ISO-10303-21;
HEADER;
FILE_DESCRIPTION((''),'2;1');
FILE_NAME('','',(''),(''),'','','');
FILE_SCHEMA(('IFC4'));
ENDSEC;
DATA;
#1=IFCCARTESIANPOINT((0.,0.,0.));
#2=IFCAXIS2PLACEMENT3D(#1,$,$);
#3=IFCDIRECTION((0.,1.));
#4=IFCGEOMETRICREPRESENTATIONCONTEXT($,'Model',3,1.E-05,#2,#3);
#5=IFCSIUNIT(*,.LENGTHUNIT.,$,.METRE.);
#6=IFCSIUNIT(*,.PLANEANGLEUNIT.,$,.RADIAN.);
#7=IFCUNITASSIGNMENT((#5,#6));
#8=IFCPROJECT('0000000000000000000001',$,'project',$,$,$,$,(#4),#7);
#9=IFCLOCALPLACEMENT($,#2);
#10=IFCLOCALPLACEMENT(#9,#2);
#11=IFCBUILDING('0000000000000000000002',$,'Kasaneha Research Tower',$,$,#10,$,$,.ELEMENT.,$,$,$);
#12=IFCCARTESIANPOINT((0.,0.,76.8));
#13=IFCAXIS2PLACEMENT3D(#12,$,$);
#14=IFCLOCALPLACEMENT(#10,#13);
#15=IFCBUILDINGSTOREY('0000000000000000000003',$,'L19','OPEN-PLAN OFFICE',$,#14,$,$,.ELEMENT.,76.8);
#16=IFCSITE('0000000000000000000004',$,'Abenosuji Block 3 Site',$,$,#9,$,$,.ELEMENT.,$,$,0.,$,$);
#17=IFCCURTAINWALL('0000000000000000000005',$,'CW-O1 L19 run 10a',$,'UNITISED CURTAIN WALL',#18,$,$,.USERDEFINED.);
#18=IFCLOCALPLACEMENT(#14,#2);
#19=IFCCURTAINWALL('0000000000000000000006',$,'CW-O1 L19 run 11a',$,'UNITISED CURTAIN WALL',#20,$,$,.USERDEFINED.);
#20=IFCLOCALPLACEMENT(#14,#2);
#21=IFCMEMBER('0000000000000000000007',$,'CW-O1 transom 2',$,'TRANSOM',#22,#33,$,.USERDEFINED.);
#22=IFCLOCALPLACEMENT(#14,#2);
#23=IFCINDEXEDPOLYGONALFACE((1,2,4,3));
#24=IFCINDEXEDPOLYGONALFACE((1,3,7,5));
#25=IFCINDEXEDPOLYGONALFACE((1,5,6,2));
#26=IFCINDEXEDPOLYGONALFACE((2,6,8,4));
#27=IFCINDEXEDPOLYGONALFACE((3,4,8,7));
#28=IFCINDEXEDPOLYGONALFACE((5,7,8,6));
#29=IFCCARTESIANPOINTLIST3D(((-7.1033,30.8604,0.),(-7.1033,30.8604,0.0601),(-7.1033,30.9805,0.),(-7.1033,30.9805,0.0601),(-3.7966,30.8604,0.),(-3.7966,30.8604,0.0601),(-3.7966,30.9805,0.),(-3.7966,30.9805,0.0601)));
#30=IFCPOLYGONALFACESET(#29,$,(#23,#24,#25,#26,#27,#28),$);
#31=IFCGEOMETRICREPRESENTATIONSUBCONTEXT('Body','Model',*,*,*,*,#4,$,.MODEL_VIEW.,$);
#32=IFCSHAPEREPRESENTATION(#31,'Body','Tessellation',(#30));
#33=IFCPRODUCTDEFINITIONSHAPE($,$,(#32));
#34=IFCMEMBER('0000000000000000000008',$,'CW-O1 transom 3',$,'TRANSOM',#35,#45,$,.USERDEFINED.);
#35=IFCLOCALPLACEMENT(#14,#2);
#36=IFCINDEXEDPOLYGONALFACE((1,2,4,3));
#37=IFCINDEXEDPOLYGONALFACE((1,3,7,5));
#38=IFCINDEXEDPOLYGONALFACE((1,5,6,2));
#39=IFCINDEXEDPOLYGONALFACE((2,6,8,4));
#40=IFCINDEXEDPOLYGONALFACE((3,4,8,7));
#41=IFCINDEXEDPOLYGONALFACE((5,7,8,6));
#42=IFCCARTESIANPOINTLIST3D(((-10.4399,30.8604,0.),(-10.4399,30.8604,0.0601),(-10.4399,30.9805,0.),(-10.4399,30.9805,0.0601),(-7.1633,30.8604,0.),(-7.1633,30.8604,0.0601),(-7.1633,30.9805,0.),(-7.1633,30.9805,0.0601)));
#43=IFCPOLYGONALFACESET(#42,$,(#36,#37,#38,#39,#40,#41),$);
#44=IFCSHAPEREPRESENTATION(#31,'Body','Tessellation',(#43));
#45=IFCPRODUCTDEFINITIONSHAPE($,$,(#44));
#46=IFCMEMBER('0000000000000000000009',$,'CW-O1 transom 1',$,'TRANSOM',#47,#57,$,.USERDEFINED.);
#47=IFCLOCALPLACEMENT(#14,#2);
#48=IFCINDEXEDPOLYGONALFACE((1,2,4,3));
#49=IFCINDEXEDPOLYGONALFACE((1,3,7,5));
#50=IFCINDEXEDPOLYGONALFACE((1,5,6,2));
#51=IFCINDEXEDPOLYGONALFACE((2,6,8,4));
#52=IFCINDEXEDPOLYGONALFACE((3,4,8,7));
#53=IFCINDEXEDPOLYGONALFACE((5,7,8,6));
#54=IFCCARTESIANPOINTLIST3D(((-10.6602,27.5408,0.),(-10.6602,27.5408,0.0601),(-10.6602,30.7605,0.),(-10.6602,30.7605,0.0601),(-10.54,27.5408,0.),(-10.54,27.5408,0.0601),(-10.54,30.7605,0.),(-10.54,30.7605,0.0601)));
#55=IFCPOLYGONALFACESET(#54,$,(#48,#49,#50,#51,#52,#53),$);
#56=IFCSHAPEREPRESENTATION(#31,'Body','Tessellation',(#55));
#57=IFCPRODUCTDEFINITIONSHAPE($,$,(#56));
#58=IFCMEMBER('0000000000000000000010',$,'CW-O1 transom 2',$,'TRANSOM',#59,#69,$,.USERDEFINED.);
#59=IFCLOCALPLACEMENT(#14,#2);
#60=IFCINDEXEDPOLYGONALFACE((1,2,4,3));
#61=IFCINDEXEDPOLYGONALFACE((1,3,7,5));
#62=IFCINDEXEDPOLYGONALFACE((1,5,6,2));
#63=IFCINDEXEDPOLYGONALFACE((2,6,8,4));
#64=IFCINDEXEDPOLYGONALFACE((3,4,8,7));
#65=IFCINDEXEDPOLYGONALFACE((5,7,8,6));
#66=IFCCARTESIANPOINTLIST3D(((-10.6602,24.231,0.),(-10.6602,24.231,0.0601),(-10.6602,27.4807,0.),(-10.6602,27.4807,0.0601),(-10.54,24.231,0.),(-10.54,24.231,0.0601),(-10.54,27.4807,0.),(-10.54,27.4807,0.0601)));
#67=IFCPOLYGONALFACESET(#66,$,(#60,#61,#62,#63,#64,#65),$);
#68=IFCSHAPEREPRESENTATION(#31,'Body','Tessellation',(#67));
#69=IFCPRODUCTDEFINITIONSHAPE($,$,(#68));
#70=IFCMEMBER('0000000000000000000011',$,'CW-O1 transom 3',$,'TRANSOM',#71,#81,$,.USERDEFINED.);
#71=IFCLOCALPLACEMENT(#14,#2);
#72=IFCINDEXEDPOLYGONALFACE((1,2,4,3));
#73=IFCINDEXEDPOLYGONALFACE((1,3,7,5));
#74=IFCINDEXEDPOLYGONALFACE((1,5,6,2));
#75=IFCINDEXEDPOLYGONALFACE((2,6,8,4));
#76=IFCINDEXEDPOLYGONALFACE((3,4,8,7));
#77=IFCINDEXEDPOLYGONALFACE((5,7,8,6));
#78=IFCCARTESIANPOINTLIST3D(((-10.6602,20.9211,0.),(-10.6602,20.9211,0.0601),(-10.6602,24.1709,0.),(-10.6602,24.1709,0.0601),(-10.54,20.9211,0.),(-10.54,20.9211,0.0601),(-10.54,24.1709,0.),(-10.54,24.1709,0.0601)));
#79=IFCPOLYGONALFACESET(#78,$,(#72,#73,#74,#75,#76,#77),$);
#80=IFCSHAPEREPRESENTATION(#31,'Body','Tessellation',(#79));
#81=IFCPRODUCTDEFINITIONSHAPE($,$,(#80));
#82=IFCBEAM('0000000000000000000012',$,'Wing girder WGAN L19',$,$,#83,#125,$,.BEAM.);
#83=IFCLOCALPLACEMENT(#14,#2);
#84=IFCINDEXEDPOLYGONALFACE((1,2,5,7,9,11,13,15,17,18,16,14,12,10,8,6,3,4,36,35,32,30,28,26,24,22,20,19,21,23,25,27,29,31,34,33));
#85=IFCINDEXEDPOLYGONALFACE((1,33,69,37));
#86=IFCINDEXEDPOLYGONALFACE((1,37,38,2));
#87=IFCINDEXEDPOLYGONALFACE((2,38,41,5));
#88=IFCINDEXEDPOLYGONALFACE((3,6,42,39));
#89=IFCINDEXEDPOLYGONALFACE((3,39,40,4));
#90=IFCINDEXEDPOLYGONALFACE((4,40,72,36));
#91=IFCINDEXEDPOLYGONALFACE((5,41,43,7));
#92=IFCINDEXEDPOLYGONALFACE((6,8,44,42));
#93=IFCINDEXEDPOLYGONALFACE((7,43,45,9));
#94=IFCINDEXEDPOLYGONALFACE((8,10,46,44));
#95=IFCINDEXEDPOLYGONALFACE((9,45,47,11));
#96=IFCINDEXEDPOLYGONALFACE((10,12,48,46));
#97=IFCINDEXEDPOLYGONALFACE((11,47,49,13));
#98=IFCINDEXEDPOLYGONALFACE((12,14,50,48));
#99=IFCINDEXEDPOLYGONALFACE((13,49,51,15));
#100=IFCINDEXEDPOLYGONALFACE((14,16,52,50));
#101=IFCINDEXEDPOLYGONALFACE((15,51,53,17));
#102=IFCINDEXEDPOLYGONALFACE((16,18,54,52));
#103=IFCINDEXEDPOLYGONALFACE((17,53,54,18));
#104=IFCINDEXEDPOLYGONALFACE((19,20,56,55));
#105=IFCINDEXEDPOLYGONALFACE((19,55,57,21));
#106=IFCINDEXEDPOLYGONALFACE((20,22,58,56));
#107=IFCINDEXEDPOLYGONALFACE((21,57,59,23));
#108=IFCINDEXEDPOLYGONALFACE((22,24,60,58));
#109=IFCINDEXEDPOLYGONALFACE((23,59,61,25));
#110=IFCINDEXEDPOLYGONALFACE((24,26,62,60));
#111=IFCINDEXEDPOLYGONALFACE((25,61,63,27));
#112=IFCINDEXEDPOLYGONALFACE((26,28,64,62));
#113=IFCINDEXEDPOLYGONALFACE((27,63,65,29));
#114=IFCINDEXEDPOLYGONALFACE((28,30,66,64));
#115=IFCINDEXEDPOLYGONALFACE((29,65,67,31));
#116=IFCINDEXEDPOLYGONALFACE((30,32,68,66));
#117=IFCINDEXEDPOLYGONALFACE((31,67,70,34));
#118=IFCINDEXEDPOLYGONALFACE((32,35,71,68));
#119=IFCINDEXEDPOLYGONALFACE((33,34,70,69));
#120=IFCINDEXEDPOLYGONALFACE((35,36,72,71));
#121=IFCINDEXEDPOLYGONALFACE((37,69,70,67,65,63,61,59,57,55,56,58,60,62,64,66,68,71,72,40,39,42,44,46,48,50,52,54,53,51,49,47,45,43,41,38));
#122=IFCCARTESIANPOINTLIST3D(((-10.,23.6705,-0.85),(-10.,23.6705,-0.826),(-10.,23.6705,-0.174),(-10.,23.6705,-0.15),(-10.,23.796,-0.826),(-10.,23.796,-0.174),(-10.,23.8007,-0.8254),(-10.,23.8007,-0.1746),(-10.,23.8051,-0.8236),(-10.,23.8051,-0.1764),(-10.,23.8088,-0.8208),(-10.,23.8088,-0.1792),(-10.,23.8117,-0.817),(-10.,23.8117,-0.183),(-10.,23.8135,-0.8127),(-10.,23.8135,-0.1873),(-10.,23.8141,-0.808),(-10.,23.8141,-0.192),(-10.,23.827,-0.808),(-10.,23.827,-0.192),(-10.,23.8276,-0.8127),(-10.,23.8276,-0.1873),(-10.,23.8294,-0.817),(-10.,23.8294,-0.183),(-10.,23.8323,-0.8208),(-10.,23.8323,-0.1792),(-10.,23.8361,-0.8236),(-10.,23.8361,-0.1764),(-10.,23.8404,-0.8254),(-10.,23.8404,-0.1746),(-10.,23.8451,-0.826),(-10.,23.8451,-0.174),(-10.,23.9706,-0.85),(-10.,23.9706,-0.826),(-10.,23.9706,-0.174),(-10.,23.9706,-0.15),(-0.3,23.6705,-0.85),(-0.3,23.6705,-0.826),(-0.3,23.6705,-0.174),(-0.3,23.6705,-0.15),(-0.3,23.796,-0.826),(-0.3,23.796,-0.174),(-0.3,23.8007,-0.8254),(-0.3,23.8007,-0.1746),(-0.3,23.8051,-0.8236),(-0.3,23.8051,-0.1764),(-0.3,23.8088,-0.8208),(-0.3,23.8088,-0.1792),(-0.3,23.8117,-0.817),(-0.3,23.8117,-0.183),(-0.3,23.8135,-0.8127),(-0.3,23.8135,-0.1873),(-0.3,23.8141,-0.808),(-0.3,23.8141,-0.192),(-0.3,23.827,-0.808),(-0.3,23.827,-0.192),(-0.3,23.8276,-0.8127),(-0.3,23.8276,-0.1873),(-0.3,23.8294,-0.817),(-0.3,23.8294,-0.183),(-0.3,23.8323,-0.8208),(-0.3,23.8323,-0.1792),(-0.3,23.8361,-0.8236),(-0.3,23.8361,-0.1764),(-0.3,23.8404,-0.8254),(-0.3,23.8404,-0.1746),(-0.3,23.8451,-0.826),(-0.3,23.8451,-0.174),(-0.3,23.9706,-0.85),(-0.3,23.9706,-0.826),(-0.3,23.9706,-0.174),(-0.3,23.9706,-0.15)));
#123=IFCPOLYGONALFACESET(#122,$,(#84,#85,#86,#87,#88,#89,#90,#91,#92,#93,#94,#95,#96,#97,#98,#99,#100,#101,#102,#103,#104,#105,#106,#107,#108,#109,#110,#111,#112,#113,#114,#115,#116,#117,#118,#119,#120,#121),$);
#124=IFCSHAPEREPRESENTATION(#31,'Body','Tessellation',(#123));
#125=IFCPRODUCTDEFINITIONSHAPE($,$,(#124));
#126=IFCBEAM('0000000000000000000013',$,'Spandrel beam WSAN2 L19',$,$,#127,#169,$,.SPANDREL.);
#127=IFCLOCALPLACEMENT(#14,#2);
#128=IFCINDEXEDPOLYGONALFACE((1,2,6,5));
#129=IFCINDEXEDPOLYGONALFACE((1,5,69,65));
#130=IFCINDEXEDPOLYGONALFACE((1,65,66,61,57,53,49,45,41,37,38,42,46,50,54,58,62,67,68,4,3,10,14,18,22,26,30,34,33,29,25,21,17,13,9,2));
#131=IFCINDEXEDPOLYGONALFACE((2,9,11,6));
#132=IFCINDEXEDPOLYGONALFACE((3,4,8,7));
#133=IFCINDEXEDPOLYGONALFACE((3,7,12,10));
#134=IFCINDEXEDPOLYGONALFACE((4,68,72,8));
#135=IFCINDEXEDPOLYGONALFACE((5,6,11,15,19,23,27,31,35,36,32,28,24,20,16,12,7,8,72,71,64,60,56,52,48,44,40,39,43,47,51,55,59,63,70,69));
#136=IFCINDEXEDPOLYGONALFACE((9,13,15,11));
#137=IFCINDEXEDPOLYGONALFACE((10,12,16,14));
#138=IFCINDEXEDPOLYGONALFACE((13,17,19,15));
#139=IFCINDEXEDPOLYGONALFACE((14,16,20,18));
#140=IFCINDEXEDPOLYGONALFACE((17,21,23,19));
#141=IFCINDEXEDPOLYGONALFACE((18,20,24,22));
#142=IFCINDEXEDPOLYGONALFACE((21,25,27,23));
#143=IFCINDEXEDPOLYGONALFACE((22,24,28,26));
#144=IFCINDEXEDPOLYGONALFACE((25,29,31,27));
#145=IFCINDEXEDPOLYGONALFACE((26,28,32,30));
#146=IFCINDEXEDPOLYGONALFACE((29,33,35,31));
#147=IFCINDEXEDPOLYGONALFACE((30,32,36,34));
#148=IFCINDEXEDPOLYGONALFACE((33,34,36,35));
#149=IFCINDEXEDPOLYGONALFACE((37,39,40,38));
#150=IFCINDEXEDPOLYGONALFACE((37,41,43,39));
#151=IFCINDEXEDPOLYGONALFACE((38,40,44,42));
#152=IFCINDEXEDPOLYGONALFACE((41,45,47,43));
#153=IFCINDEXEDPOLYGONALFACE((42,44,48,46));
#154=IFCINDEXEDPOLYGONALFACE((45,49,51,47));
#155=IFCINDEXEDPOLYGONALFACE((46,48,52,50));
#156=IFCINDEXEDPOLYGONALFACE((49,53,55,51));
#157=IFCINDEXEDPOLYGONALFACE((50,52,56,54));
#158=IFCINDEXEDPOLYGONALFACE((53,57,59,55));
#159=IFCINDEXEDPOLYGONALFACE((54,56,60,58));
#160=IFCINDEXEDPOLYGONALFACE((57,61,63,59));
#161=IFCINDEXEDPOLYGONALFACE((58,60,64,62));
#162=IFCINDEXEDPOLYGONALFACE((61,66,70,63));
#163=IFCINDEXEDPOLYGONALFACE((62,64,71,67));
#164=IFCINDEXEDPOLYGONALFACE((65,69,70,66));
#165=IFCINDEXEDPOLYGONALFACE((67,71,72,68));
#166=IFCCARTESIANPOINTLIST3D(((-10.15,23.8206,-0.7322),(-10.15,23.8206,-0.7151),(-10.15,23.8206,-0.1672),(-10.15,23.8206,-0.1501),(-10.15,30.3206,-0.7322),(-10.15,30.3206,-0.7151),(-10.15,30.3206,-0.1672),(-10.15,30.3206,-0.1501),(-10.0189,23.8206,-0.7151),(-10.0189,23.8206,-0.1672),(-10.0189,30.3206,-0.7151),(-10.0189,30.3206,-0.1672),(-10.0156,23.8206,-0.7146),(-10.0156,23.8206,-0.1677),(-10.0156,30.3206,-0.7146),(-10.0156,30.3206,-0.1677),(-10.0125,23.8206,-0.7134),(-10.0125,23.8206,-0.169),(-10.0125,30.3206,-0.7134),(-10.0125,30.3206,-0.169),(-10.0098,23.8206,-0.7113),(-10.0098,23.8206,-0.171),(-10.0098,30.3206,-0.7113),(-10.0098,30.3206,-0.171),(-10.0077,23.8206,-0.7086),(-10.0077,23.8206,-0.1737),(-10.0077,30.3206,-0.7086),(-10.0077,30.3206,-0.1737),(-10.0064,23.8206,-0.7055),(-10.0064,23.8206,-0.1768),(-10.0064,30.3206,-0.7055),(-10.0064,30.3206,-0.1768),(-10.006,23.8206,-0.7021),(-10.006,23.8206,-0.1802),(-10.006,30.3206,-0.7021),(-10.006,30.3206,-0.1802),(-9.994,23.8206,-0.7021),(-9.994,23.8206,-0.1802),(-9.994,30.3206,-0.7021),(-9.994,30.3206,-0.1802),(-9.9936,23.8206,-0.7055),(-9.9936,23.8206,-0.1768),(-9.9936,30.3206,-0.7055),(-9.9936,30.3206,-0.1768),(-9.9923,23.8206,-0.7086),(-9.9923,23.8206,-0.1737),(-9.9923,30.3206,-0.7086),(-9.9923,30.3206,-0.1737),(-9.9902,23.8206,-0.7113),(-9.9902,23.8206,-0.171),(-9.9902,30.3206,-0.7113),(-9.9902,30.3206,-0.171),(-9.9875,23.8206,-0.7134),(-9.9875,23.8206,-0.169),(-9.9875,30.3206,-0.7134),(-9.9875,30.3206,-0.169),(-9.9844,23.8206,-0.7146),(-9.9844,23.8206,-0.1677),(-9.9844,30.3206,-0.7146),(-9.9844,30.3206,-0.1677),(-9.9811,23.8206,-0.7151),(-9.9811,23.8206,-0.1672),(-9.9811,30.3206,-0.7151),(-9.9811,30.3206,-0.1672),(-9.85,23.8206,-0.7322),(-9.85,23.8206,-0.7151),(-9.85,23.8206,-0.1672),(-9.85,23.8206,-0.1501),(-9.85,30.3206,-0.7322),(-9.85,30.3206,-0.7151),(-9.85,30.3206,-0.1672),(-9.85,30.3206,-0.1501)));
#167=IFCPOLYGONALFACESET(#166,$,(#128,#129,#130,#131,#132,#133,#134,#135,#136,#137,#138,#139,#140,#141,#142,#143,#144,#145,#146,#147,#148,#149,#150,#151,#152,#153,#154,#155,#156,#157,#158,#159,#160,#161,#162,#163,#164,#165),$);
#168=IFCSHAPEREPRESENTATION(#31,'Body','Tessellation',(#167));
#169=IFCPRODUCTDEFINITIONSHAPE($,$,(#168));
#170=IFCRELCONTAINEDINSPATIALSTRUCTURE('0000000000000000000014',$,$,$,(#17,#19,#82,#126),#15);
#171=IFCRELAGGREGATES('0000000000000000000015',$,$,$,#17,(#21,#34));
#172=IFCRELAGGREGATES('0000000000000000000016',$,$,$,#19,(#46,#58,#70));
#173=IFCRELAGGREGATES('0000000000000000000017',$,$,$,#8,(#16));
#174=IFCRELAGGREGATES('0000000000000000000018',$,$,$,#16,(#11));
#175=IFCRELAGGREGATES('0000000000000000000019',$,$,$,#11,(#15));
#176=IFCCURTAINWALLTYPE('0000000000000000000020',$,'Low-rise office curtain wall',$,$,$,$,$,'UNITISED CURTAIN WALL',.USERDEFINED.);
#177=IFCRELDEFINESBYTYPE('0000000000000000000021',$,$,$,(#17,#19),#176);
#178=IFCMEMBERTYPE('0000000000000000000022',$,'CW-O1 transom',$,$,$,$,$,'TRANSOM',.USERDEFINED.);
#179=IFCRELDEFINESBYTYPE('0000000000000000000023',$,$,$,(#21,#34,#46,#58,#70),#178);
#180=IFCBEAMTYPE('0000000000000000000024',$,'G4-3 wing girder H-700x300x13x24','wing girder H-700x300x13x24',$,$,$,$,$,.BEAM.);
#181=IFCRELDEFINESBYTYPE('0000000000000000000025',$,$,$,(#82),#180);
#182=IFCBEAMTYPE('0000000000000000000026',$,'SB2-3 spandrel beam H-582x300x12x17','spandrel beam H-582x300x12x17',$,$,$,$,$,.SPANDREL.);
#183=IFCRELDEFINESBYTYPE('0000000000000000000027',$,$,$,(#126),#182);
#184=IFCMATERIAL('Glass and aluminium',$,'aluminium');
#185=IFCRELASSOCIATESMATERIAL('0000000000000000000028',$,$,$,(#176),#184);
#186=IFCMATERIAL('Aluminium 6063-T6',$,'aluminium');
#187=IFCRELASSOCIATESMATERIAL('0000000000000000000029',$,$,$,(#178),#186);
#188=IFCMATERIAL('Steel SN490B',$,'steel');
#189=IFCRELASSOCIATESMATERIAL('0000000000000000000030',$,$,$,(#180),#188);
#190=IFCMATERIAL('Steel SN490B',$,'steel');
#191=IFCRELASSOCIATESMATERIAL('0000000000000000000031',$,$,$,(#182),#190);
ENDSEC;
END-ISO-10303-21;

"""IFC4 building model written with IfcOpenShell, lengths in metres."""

from ifc_helpers import new_model, si_unit, direction, frame, origin, origin_2d, place, context, subcontext, project, spatial, rectangle, i_section, extrude, material, material_profile, profile_set, type_object, element, aggregate, save


model = new_model("IFC4")

# Units and contexts
model_context = context("Model", 3, precision=1e-05, world=origin(), true_north=direction((0.0, 1.0)))
body_context = subcontext(model_context, "Body", "Model", "MODEL_VIEW")
ifc_project = project(units=[si_unit("LENGTHUNIT", "METRE"), si_unit("PLANEANGLEUNIT", "RADIAN")], contexts=[model_context])

# Site, building, storey
site_placement = place(None, origin())
site = spatial("IfcSite", under=ifc_project, at=site_placement, Name="Abenosuji Block 3 Site", CompositionType="ELEMENT", RefElevation=0.0)
building_placement = place(site_placement, origin())
building = spatial("IfcBuilding", under=site, at=building_placement, Name="Kasaneha Research Tower", CompositionType="ELEMENT")
storey_placement = place(building_placement, frame((0.0, 0.0, 76.8)))
storey = spatial("IfcBuildingStorey", under=building, at=storey_placement, Name="L19", Description="OPEN-PLAN OFFICE", CompositionType="ELEMENT", Elevation=76.8)

# Curtain walls
ifc_material_1 = material(Name="Glass and aluminium", Category="aluminium")
curtain_wall_type = type_object("IfcCurtainWallType", Name="Low-rise office curtain wall", ElementType="UNITISED CURTAIN WALL", PredefinedType="USERDEFINED", material=ifc_material_1)
curtain_wall_1_placement = place(storey_placement, origin())
curtain_wall_1 = element("IfcCurtainWall", 1, at=curtain_wall_1_placement, inside=storey, type_object=curtain_wall_type, Name="CW-O1 L19 run 10a", ObjectType="UNITISED CURTAIN WALL", PredefinedType="USERDEFINED")
curtain_wall_2_placement = place(storey_placement, origin())
curtain_wall_2 = element("IfcCurtainWall", 2, at=curtain_wall_2_placement, inside=storey, type_object=curtain_wall_type, Name="CW-O1 L19 run 11a", ObjectType="UNITISED CURTAIN WALL", PredefinedType="USERDEFINED")

# Members
ifc_material_2 = material(Name="Aluminium 6063-T6", Category="aluminium")
ifc_material_profile_1 = material_profile(ifc_material_2, rectangle(XDim=0.1201, YDim=0.0601, at=origin_2d()), Name="CW-O1 transom 120x60")
ifc_profile_set_1 = profile_set([ifc_material_profile_1], Name="Aluminium 6063-T6")
member_type_1 = type_object("IfcMemberType", Name="CW-O1 transom", ElementType="TRANSOM", PredefinedType="USERDEFINED", material=ifc_profile_set_1)
member_1_placement = place(storey_placement, frame((-3.7966, 30.9204, 0.03), z_axis=(-1.0, 0.0, 0.0), x_axis=(0.0, -1.0, 0.0)))
member_1 = element("IfcMember", 3, at=member_1_placement, type_object=member_type_1, Name="CW-O1 transom 2", ObjectType="TRANSOM", PredefinedType="USERDEFINED", context=body_context, shape_type="SweptSolid", body=[
    extrude(rectangle(XDim=0.1201, YDim=0.0601, at=origin_2d()), origin(), (0.0, 0.0, 1.0), 3.3066),
])
member_2_placement = place(storey_placement, frame((-7.1633, 30.9204, 0.03), z_axis=(-1.0, 0.0, 0.0), x_axis=(0.0, -1.0, 0.0)))
member_2 = element("IfcMember", 4, at=member_2_placement, type_object=member_type_1, Name="CW-O1 transom 3", ObjectType="TRANSOM", PredefinedType="USERDEFINED", context=body_context, shape_type="SweptSolid", body=[
    extrude(rectangle(XDim=0.1201, YDim=0.0601, at=origin_2d()), origin(), (0.0, 0.0, 1.0), 3.2766),
])
member_3_placement = place(storey_placement, frame((-10.6001, 30.7605, 0.03), z_axis=(0.0, -1.0, 0.0), x_axis=(1.0, 0.0, 0.0)))
member_3 = element("IfcMember", 5, at=member_3_placement, type_object=member_type_1, Name="CW-O1 transom 1", ObjectType="TRANSOM", PredefinedType="USERDEFINED", context=body_context, shape_type="SweptSolid", body=[
    extrude(rectangle(XDim=0.1201, YDim=0.0601, at=origin_2d()), origin(), (0.0, 0.0, 1.0), 3.2197),
])
member_4_placement = place(storey_placement, frame((-10.6001, 27.4807, 0.03), z_axis=(0.0, -1.0, 0.0), x_axis=(1.0, 0.0, 0.0)))
member_4 = element("IfcMember", 6, at=member_4_placement, type_object=member_type_1, Name="CW-O1 transom 2", ObjectType="TRANSOM", PredefinedType="USERDEFINED", context=body_context, shape_type="SweptSolid", body=[
    extrude(rectangle(XDim=0.1201, YDim=0.0601, at=origin_2d()), origin(), (0.0, 0.0, 1.0), 3.2498),
])
member_5_placement = place(storey_placement, frame((-10.6001, 24.1709, 0.03), z_axis=(0.0, -1.0, 0.0), x_axis=(1.0, 0.0, 0.0)))
member_5 = element("IfcMember", 7, at=member_5_placement, type_object=member_type_1, Name="CW-O1 transom 3", ObjectType="TRANSOM", PredefinedType="USERDEFINED", context=body_context, shape_type="SweptSolid", body=[
    extrude(rectangle(XDim=0.1201, YDim=0.0601, at=origin_2d()), origin(), (0.0, 0.0, 1.0), 3.2498),
])

# Beams
ifc_material_3 = material(Name="Steel SN490B", Category="steel")
ifc_material_profile_2 = material_profile(ifc_material_3, i_section(OverallWidth=0.3, OverallDepth=0.7, WebThickness=0.0129, FlangeThickness=0.0239, FilletRadius=0.0181, at=origin_2d()), Name="H-700x300x13x24")
ifc_profile_set_2 = profile_set([ifc_material_profile_2], Name="Steel SN490B")
beam_type_1 = type_object("IfcBeamType", Name="G4-3 wing girder H-700x300x13x24", Description="wing girder H-700x300x13x24", PredefinedType="BEAM", material=ifc_profile_set_2)
beam_1_placement = place(storey_placement, frame((-10.0, 23.8206, -0.5), z_axis=(1.0, 0.0, 0.0), x_axis=(0.0, 1.0, 0.0)))
element("IfcBeam", 8, at=beam_1_placement, inside=storey, type_object=beam_type_1, Name="Wing girder WGAN L19", PredefinedType="BEAM", context=body_context, shape_type="SweptSolid", body=[
    extrude(i_section(OverallWidth=0.3, OverallDepth=0.7, WebThickness=0.0129, FlangeThickness=0.0239, FilletRadius=0.0181, at=origin_2d()), origin(), (0.0, 0.0, 1.0), 9.7),
])
ifc_material_4 = material(Name="Steel SN490B", Category="steel")
ifc_material_profile_3 = material_profile(ifc_material_4, i_section(OverallWidth=0.3, OverallDepth=0.582, WebThickness=0.012, FlangeThickness=0.0171, FilletRadius=0.0129, at=origin_2d()), Name="H-582x300x12x17")
ifc_profile_set_3 = profile_set([ifc_material_profile_3], Name="Steel SN490B")
beam_type_2 = type_object("IfcBeamType", Name="SB2-3 spandrel beam H-582x300x12x17", Description="spandrel beam H-582x300x12x17", PredefinedType="SPANDREL", material=ifc_profile_set_3)
beam_2_placement = place(storey_placement, frame((-10.0, 23.8206, -0.4412), z_axis=(0.0, 1.0, 0.0), x_axis=(-1.0, 0.0, 0.0)))
element("IfcBeam", 9, at=beam_2_placement, inside=storey, type_object=beam_type_2, Name="Spandrel beam WSAN2 L19", PredefinedType="SPANDREL", context=body_context, shape_type="SweptSolid", body=[
    extrude(i_section(OverallWidth=0.3, OverallDepth=0.582, WebThickness=0.012, FlangeThickness=0.0171, FilletRadius=0.0129, at=origin_2d()), origin(), (0.0, 0.0, 1.0), 6.5),
])

aggregate(curtain_wall_1, [member_1, member_2])
aggregate(curtain_wall_2, [member_3, member_4, member_5])

save(model, "model.ifc")
